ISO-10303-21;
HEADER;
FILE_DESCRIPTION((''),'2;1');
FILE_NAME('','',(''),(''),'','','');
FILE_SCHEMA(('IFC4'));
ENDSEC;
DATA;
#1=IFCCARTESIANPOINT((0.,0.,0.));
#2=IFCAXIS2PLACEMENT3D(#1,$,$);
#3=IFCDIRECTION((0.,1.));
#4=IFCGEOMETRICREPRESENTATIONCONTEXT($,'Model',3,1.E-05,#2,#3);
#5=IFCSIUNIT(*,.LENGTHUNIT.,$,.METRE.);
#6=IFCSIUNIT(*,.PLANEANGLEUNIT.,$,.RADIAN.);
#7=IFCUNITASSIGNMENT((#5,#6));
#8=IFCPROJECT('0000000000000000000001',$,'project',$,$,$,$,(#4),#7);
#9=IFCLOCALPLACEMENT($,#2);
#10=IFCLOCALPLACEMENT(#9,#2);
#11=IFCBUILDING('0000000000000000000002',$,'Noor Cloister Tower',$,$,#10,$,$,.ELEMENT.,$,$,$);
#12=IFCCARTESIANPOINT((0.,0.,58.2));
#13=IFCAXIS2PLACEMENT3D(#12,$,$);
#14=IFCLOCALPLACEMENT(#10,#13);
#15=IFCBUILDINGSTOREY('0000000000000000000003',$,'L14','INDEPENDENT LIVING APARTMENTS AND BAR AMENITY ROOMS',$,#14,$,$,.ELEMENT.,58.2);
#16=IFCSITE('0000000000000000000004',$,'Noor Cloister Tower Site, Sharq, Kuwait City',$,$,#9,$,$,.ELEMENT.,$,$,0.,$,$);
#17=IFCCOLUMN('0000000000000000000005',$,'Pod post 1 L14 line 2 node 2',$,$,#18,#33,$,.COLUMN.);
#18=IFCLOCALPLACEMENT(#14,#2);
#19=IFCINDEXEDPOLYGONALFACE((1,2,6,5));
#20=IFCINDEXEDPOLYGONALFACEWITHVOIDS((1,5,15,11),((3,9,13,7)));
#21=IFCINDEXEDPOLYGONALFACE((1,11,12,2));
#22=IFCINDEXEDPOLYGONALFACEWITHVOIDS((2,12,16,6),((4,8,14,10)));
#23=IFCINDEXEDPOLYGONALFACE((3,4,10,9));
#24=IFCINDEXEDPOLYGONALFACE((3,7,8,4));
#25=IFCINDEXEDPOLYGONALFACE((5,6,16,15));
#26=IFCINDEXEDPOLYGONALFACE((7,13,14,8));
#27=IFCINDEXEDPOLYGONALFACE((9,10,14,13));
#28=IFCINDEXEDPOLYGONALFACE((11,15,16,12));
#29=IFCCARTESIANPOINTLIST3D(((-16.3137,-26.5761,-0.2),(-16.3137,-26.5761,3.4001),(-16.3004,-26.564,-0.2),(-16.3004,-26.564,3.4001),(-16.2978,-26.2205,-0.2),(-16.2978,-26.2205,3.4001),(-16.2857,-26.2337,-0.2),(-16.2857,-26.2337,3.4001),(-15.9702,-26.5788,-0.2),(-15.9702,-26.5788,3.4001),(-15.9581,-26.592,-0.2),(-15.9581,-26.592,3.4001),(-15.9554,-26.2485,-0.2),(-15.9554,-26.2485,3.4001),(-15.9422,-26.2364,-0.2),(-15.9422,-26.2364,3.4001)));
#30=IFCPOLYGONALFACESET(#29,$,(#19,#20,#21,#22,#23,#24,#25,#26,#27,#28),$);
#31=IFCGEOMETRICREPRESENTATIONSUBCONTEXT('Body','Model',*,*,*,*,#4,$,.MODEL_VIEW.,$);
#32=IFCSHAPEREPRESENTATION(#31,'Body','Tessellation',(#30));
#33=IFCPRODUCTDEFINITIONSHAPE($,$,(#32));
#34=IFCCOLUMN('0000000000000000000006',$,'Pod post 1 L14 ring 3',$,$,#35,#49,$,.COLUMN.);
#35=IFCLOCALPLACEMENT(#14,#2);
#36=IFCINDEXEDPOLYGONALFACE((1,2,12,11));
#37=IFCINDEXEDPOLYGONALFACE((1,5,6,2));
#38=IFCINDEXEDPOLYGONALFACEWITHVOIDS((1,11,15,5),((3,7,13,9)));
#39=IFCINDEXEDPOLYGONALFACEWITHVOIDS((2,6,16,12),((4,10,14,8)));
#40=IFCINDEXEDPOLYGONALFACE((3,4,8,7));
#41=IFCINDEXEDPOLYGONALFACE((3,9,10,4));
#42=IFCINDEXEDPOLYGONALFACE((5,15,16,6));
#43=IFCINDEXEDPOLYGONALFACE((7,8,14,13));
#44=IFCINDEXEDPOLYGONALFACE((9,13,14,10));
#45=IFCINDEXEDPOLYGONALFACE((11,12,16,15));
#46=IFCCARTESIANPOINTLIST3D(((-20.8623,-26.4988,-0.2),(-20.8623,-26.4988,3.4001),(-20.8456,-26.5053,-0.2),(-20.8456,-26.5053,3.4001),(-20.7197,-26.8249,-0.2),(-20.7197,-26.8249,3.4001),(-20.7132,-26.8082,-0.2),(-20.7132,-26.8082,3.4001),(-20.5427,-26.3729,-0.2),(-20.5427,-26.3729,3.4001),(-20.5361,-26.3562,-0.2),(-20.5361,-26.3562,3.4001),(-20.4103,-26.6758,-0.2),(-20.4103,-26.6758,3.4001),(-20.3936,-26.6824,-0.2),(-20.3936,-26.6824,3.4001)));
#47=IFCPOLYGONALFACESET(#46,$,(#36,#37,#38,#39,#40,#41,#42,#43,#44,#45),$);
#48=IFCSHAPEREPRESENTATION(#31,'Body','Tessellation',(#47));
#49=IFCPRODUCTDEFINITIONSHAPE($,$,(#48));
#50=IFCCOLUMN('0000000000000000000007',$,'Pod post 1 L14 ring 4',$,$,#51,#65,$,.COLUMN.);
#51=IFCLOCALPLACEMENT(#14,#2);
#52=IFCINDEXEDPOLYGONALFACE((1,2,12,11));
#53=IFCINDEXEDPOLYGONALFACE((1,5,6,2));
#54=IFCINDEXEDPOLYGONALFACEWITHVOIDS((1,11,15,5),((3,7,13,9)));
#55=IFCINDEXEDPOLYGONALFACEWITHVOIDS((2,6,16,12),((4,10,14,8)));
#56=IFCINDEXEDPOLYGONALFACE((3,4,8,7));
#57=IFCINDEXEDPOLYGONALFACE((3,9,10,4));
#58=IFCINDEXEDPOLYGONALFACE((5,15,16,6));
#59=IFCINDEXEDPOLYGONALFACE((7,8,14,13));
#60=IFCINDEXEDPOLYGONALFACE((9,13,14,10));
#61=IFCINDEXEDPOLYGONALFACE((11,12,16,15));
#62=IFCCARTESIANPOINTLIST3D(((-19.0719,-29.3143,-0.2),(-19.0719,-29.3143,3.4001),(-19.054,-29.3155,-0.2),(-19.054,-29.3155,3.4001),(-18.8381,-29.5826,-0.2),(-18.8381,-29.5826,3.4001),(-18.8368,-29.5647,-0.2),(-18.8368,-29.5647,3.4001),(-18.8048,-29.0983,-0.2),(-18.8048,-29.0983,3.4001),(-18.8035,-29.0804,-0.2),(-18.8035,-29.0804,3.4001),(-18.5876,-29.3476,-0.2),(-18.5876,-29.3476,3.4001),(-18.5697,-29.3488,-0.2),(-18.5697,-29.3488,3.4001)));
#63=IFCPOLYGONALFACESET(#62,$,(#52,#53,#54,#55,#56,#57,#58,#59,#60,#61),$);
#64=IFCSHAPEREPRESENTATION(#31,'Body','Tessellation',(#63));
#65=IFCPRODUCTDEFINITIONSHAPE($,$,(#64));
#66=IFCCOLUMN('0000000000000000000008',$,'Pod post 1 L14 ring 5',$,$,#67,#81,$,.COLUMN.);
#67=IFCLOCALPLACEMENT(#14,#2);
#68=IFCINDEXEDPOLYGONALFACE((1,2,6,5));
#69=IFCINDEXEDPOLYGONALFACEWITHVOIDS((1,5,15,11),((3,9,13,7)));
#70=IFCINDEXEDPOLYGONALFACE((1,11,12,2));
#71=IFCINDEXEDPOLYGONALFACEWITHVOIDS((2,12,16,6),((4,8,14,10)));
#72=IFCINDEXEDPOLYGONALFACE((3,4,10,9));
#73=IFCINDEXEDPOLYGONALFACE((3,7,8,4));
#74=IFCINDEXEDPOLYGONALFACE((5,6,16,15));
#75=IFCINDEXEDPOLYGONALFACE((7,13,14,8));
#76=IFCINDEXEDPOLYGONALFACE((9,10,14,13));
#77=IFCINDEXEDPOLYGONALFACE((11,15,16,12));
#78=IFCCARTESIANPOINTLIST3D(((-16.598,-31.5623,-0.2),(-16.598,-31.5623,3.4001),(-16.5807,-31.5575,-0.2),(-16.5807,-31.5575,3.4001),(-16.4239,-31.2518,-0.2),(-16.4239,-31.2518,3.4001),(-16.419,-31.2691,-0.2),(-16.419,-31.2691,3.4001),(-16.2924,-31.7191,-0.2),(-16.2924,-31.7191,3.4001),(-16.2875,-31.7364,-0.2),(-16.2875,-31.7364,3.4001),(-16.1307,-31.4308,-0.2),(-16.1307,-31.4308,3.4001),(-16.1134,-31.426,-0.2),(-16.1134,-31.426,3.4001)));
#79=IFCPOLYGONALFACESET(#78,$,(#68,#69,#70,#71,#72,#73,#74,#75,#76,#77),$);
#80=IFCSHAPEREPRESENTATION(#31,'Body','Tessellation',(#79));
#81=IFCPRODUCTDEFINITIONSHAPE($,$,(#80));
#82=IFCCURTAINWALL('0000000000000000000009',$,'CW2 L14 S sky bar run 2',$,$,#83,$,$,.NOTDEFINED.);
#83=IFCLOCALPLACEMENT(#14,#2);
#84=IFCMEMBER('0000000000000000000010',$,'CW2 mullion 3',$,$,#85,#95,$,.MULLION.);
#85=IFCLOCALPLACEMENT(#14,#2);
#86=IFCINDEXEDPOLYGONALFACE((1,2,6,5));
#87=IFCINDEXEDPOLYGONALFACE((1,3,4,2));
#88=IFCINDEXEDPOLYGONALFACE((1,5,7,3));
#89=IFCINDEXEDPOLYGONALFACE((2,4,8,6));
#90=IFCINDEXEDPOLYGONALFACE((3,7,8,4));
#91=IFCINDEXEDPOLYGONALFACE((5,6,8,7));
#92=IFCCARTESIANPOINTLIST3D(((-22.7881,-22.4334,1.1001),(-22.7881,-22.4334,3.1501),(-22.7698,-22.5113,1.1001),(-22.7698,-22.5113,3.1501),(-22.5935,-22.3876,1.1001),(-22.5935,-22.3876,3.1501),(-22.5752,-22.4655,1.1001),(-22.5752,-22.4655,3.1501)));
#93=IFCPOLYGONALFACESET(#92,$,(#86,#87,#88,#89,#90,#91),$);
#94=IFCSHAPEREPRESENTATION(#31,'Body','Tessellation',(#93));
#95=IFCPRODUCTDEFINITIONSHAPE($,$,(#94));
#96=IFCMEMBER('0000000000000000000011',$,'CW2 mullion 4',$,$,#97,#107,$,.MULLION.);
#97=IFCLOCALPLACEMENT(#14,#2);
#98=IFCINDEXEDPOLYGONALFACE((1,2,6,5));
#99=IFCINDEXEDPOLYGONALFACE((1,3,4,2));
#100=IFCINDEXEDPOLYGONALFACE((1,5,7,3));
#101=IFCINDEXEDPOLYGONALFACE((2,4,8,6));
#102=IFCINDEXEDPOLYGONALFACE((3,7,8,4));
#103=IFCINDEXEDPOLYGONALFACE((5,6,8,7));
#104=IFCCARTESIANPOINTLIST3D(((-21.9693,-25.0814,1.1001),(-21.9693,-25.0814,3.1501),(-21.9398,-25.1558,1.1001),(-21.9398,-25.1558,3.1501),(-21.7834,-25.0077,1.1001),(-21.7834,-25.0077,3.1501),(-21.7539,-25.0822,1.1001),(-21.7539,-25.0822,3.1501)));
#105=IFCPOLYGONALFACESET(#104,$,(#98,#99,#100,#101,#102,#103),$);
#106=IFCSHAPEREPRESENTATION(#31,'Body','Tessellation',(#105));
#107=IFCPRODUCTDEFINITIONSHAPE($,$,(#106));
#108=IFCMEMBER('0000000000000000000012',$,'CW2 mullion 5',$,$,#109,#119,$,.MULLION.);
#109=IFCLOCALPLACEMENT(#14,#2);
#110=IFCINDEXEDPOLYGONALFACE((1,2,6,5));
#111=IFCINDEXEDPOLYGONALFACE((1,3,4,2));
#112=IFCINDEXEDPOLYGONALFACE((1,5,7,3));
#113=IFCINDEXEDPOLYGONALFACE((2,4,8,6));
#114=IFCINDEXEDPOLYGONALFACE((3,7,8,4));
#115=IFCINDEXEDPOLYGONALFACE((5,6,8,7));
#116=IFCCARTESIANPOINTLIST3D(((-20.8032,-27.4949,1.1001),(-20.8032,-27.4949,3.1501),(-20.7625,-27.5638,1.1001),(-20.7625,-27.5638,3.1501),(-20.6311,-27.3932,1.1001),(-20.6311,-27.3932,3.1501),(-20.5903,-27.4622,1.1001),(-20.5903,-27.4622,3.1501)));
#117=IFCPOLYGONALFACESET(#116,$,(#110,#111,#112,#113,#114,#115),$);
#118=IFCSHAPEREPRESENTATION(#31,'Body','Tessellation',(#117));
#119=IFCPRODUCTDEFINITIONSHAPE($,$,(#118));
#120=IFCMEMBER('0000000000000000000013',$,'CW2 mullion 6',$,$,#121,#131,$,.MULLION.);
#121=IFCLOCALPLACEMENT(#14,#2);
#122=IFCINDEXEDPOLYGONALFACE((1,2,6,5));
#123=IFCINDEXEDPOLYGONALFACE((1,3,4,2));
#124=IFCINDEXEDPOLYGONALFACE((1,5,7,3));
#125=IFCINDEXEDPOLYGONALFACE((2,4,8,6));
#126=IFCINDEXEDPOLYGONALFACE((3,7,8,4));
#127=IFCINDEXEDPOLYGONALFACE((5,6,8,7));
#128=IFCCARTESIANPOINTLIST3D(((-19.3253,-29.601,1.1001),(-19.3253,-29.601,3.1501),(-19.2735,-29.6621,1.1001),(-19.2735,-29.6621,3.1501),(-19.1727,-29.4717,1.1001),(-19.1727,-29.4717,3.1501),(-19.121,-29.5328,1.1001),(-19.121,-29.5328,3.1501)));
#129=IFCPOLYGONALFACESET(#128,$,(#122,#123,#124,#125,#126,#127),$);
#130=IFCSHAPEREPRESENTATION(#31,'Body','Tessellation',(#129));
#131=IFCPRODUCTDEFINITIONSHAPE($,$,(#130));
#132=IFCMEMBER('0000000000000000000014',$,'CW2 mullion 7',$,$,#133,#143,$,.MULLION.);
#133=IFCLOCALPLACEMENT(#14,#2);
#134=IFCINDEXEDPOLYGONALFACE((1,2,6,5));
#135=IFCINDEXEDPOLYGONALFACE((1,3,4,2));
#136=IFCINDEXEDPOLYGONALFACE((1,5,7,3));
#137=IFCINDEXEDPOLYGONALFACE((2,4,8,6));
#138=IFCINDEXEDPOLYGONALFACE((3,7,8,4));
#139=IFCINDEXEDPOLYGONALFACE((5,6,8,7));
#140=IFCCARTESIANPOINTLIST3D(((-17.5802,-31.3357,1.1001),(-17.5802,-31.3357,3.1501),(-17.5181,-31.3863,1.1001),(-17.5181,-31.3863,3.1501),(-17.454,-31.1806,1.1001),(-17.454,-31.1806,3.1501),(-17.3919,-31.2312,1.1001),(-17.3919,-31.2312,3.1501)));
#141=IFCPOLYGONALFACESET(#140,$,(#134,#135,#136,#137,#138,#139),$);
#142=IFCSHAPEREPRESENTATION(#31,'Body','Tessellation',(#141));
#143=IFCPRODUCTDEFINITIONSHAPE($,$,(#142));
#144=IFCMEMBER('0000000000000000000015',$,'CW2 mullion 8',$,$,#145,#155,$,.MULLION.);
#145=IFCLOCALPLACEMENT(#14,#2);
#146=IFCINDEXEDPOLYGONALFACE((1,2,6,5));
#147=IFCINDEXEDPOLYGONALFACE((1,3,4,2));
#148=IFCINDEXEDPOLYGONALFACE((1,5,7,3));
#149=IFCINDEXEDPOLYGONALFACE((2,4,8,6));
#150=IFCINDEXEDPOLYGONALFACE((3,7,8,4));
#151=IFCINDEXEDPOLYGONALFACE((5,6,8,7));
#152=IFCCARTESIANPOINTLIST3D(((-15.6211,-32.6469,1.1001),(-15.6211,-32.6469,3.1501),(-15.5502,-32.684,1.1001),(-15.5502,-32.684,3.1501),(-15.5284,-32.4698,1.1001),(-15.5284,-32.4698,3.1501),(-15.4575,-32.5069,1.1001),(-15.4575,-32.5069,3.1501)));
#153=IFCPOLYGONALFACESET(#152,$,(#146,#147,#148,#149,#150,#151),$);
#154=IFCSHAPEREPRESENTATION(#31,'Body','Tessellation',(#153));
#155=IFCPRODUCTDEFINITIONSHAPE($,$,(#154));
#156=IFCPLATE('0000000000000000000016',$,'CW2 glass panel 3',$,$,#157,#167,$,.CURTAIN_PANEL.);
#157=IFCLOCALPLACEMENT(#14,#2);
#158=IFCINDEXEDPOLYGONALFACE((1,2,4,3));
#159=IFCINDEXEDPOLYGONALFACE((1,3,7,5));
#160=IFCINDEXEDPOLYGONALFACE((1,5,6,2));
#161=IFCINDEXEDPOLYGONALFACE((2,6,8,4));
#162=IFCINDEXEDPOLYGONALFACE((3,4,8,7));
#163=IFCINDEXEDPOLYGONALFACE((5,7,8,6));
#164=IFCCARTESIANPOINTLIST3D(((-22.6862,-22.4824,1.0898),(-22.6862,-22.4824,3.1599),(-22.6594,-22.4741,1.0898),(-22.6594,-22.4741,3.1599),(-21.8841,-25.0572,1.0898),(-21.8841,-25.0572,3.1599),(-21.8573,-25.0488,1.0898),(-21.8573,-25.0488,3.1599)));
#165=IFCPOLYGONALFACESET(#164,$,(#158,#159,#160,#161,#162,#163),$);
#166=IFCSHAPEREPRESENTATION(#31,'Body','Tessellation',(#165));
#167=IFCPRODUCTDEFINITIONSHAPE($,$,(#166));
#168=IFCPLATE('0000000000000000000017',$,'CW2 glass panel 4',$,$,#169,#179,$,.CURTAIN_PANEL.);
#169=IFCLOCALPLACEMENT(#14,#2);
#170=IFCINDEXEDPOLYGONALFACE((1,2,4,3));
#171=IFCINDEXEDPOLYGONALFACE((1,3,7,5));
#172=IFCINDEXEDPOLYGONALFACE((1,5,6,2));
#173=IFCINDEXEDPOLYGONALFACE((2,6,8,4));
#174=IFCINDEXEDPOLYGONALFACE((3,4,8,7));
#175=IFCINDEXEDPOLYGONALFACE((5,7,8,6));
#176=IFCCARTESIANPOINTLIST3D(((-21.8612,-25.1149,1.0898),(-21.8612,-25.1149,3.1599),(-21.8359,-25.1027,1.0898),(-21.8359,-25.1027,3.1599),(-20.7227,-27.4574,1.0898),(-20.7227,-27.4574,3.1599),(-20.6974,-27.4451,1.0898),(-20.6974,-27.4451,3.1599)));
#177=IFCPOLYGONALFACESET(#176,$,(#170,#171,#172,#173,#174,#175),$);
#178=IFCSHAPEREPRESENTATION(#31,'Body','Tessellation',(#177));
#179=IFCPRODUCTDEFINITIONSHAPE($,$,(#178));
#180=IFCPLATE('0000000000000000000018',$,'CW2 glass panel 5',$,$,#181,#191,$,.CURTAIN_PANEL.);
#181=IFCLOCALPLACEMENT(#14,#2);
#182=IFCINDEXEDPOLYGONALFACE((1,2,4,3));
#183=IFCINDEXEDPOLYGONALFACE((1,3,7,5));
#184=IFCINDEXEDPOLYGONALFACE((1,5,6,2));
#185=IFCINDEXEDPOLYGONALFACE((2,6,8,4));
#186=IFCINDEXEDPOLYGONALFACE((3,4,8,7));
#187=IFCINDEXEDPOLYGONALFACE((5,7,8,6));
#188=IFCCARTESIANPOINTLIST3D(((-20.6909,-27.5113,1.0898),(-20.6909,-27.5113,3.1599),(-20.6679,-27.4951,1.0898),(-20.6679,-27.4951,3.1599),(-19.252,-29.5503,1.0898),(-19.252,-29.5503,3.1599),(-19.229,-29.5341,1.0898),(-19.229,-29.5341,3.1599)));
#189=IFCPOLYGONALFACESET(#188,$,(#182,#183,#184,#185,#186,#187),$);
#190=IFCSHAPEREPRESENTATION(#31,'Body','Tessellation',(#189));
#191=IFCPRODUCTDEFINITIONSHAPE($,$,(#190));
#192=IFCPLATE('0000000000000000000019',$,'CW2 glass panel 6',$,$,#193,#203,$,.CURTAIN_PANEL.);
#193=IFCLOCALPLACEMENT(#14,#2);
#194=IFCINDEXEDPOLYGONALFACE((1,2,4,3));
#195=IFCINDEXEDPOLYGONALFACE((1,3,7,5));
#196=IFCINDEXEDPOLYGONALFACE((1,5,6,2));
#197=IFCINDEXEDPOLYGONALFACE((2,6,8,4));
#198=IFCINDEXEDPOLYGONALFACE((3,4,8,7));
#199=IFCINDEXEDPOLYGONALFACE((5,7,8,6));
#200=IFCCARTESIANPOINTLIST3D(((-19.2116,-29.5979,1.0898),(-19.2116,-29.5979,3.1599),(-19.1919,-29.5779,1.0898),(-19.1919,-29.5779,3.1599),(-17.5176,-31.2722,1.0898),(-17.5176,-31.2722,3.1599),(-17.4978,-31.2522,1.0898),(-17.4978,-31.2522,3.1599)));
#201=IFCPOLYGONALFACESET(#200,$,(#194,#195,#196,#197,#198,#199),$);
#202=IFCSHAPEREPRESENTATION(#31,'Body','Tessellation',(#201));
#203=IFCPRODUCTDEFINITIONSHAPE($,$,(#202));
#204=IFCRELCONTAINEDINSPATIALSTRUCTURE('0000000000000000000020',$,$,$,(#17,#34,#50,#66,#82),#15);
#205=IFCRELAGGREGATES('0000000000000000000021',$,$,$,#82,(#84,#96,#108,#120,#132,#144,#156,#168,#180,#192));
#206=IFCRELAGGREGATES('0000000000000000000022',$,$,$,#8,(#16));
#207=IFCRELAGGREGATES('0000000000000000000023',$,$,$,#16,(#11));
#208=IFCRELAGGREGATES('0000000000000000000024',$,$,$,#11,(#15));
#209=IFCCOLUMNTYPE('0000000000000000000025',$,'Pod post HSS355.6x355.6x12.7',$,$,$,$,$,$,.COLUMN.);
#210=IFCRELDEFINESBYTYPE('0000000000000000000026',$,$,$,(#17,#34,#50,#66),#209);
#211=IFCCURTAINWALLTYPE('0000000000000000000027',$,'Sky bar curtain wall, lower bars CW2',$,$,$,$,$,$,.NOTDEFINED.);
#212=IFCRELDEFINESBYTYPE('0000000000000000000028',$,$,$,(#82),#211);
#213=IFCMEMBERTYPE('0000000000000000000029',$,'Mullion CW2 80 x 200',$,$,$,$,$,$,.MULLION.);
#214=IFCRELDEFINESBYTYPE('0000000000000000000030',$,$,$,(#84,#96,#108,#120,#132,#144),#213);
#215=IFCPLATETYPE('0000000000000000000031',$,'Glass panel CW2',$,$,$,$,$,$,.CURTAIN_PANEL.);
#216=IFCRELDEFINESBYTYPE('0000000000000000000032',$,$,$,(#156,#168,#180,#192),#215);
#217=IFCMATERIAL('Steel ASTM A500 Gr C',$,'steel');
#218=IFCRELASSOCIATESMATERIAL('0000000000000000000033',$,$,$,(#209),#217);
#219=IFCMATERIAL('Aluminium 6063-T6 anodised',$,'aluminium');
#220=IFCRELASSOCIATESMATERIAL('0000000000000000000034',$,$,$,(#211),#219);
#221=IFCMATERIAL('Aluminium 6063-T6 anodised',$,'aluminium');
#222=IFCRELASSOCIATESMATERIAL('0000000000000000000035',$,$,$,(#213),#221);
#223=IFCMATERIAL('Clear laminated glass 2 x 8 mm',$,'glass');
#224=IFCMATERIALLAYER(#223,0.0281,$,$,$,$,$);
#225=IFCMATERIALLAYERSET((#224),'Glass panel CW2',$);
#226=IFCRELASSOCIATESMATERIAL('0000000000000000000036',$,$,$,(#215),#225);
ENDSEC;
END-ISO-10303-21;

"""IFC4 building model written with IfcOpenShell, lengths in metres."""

from ifc_helpers import new_model, si_unit, direction, frame, origin, origin_2d, place, context, subcontext, project, spatial, rectangle, hollow_rectangle, extrude, material, layer, layer_set, material_profile, profile_set, type_object, element, aggregate, save


model = new_model("IFC4")

# Units and contexts
model_context = context("Model", 3, precision=1e-05, world=origin(), true_north=direction((0.0, 1.0)))
body_context = subcontext(model_context, "Body", "Model", "MODEL_VIEW")
ifc_project = project(units=[si_unit("LENGTHUNIT", "METRE"), si_unit("PLANEANGLEUNIT", "RADIAN")], contexts=[model_context])

# Site, building, storey
site_placement = place(None, origin())
site = spatial("IfcSite", under=ifc_project, at=site_placement, Name="Noor Cloister Tower Site, Sharq, Kuwait City", CompositionType="ELEMENT", RefElevation=0.0)
building_placement = place(site_placement, origin())
building = spatial("IfcBuilding", under=site, at=building_placement, Name="Noor Cloister Tower", CompositionType="ELEMENT")
storey_placement = place(building_placement, frame((0.0, 0.0, 58.2)))
storey = spatial("IfcBuildingStorey", under=building, at=storey_placement, Name="L14", Description="INDEPENDENT LIVING APARTMENTS AND BAR AMENITY ROOMS", CompositionType="ELEMENT", Elevation=58.2)

# Columns
ifc_material_1 = material(Name="Steel ASTM A500 Gr C", Category="steel")
ifc_material_profile_1 = material_profile(ifc_material_1, hollow_rectangle(XDim=0.356, YDim=0.356, WallThickness=0.0127, at=origin_2d()), Name="HSS355.6x355.6x12.7")
ifc_profile_set_1 = profile_set([ifc_material_profile_1], Name="Steel ASTM A500 Gr C")
column_type = type_object("IfcColumnType", Name="Pod post HSS355.6x355.6x12.7", PredefinedType="COLUMN", material=ifc_profile_set_1)
for number, where, z_axis, x_axis, name in (
    (1, (-16.1279, -26.4062, -0.2), (0.0, 0.0, 1.0), (-0.044724, -0.998999, 0.0), "Pod post 1 L14 line 2 node 2"),
    (2, (-20.6279, -26.5906, -0.2), (0.0, 0.0, 1.0), (0.400492, -0.9163, 0.0), "Pod post 1 L14 ring 3"),
    (3, (-18.8208, -29.3315, -0.2), (0.0, 0.0, 1.0), (0.656896, -0.753982, 0.0), "Pod post 1 L14 ring 4"),
    (4, (-16.3557, -31.4941, -0.2), (0.0, 0.0, 1.0), (0.872198, -0.489154, 0.0), "Pod post 1 L14 ring 5"),
):
    element("IfcColumn", number, at=place(storey_placement, frame(where, z_axis=z_axis, x_axis=x_axis)), inside=storey, type_object=column_type, Name=name, PredefinedType="COLUMN", context=body_context, shape_type="SweptSolid", body=[
        extrude(hollow_rectangle(XDim=0.356, YDim=0.356, WallThickness=0.0127, at=origin_2d()), origin(), (0.0, 0.0, 1.0), 3.6001),
    ])

# Curtain wall, members, plates
ifc_material_2 = material(Name="Aluminium 6063-T6 anodised", Category="aluminium")
curtain_wall_type = type_object("IfcCurtainWallType", Name="Sky bar curtain wall, lower bars CW2", PredefinedType="NOTDEFINED", material=ifc_material_2)
curtain_wall_placement = place(storey_placement, origin())
curtain_wall = element("IfcCurtainWall", 5, at=curtain_wall_placement, inside=storey, type_object=curtain_wall_type, Name="CW2 L14 S sky bar run 2", PredefinedType="NOTDEFINED")
ifc_material_3 = material(Name="Aluminium 6063-T6 anodised", Category="aluminium")
ifc_material_profile_2 = material_profile(ifc_material_3, rectangle(XDim=0.2, YDim=0.0801, at=origin_2d()), Name="200 x 80 mullion")
ifc_profile_set_2 = profile_set([ifc_material_profile_2], Name="Aluminium 6063-T6 anodised")
member_type = type_object("IfcMemberType", Name="Mullion CW2 80 x 200", PredefinedType="MULLION", material=ifc_profile_set_2)
member_1_placement = place(storey_placement, frame((-22.6816, -22.4495, 1.1001), z_axis=(0.0, 0.0, 1.0), x_axis=(0.973437, 0.228957, 0.0)))
member_1 = element("IfcMember", 6, at=member_1_placement, type_object=member_type, Name="CW2 mullion 3", PredefinedType="MULLION", context=body_context, shape_type="SweptSolid", body=[
    extrude(rectangle(XDim=0.2, YDim=0.0801, at=origin_2d()), origin(), (0.0, 0.0, 1.0), 2.05),
])
member_2_placement = place(storey_placement, frame((-21.8616, -25.0818, 1.1001), z_axis=(0.0, 0.0, 1.0), x_axis=(0.929693, 0.368334, 0.0)))
member_2 = element("IfcMember", 7, at=member_2_placement, type_object=member_type, Name="CW2 mullion 4", PredefinedType="MULLION", context=body_context, shape_type="SweptSolid", body=[
    extrude(rectangle(XDim=0.2, YDim=0.0801, at=origin_2d()), origin(), (0.0, 0.0, 1.0), 2.05),
])
member_3_placement = place(storey_placement, frame((-20.6968, -27.4785, 1.1001), z_axis=(0.0, 0.0, 1.0), x_axis=(0.861046, 0.508527, 0.0)))
member_3 = element("IfcMember", 8, at=member_3_placement, type_object=member_type, Name="CW2 mullion 5", PredefinedType="MULLION", context=body_context, shape_type="SweptSolid", body=[
    extrude(rectangle(XDim=0.2, YDim=0.0801, at=origin_2d()), origin(), (0.0, 0.0, 1.0), 2.05),
])
member_4_placement = place(storey_placement, frame((-19.2231, -29.5669, 1.1001), z_axis=(0.0, 0.0, 1.0), x_axis=(0.76297, 0.646434, 0.0)))
member_4 = element("IfcMember", 9, at=member_4_placement, type_object=member_type, Name="CW2 mullion 6", PredefinedType="MULLION", context=body_context, shape_type="SweptSolid", body=[
    extrude(rectangle(XDim=0.2, YDim=0.0801, at=origin_2d()), origin(), (0.0, 0.0, 1.0), 2.05),
])
member_5_placement = place(storey_placement, frame((-17.4861, -31.2834, 1.1001), z_axis=(0.0, 0.0, 1.0), x_axis=(0.631107, 0.775696, 0.0)))
member_5 = element("IfcMember", 10, at=member_5_placement, type_object=member_type, Name="CW2 mullion 7", PredefinedType="MULLION", context=body_context, shape_type="SweptSolid", body=[
    extrude(rectangle(XDim=0.2, YDim=0.0801, at=origin_2d()), origin(), (0.0, 0.0, 1.0), 2.05),
])
member_6_placement = place(storey_placement, frame((-15.5393, -32.5769, 1.1001), z_axis=(0.0, 0.0, 1.0), x_axis=(0.463586, 0.886052, 0.0)))
member_6 = element("IfcMember", 11, at=member_6_placement, type_object=member_type, Name="CW2 mullion 8", PredefinedType="MULLION", context=body_context, shape_type="SweptSolid", body=[
    extrude(rectangle(XDim=0.2, YDim=0.0801, at=origin_2d()), origin(), (0.0, 0.0, 1.0), 2.05),
])
ifc_material_4 = material(Name="Clear laminated glass 2 x 8 mm", Category="glass")
ifc_layer_1 = layer(ifc_material_4, 0.0281)
ifc_layer_set_1 = layer_set([ifc_layer_1], Name="Glass panel CW2")
plate_type = type_object("IfcPlateType", Name="Glass panel CW2", PredefinedType="CURTAIN_PANEL", material=ifc_layer_set_1)
plate_1_placement = place(storey_placement, frame((-22.2717, -23.7656, 1.0898), z_axis=(0.0, 0.0, 1.0), x_axis=(0.297447, -0.954738, 0.0)))
plate_1 = element("IfcPlate", 12, at=plate_1_placement, type_object=plate_type, Name="CW2 glass panel 3", PredefinedType="CURTAIN_PANEL", context=body_context, shape_type="SweptSolid", body=[
    extrude(rectangle(XDim=2.6968, YDim=0.0281, at=origin_2d()), origin(), (0.0, 0.0, 1.0), 2.0701),
])
plate_2_placement = place(storey_placement, frame((-21.2793, -26.28, 1.0898), z_axis=(0.0, 0.0, 1.0), x_axis=(0.43714, -0.899394, 0.0)))
plate_2 = element("IfcPlate", 13, at=plate_2_placement, type_object=plate_type, Name="CW2 glass panel 4", PredefinedType="CURTAIN_PANEL", context=body_context, shape_type="SweptSolid", body=[
    extrude(rectangle(XDim=2.6045, YDim=0.0281, at=origin_2d()), origin(), (0.0, 0.0, 1.0), 2.0701),
])
plate_3_placement = place(storey_placement, frame((-19.96, -28.5227, 1.0898), z_axis=(0.0, 0.0, 1.0), x_axis=(0.576574, -0.817045, 0.0)))
plate_3 = element("IfcPlate", 14, at=plate_3_placement, type_object=plate_type, Name="CW2 glass panel 5", PredefinedType="CURTAIN_PANEL", context=body_context, shape_type="SweptSolid", body=[
    extrude(rectangle(XDim=2.4956, YDim=0.0281, at=origin_2d()), origin(), (0.0, 0.0, 1.0), 2.0701),
])
plate_4_placement = place(storey_placement, frame((-18.3547, -30.425, 1.0898), z_axis=(0.0, 0.0, 1.0), x_axis=(0.711249, -0.702941, 0.0)))
plate_4 = element("IfcPlate", 15, at=plate_4_placement, type_object=plate_type, Name="CW2 glass panel 6", PredefinedType="CURTAIN_PANEL", context=body_context, shape_type="SweptSolid", body=[
    extrude(rectangle(XDim=2.3818, YDim=0.0281, at=origin_2d()), origin(), (0.0, 0.0, 1.0), 2.0701),
])
aggregate(curtain_wall, [member_1, member_2, member_3, member_4, member_5, member_6, plate_1, plate_2, plate_3, plate_4])

save(model, "model.ifc")
